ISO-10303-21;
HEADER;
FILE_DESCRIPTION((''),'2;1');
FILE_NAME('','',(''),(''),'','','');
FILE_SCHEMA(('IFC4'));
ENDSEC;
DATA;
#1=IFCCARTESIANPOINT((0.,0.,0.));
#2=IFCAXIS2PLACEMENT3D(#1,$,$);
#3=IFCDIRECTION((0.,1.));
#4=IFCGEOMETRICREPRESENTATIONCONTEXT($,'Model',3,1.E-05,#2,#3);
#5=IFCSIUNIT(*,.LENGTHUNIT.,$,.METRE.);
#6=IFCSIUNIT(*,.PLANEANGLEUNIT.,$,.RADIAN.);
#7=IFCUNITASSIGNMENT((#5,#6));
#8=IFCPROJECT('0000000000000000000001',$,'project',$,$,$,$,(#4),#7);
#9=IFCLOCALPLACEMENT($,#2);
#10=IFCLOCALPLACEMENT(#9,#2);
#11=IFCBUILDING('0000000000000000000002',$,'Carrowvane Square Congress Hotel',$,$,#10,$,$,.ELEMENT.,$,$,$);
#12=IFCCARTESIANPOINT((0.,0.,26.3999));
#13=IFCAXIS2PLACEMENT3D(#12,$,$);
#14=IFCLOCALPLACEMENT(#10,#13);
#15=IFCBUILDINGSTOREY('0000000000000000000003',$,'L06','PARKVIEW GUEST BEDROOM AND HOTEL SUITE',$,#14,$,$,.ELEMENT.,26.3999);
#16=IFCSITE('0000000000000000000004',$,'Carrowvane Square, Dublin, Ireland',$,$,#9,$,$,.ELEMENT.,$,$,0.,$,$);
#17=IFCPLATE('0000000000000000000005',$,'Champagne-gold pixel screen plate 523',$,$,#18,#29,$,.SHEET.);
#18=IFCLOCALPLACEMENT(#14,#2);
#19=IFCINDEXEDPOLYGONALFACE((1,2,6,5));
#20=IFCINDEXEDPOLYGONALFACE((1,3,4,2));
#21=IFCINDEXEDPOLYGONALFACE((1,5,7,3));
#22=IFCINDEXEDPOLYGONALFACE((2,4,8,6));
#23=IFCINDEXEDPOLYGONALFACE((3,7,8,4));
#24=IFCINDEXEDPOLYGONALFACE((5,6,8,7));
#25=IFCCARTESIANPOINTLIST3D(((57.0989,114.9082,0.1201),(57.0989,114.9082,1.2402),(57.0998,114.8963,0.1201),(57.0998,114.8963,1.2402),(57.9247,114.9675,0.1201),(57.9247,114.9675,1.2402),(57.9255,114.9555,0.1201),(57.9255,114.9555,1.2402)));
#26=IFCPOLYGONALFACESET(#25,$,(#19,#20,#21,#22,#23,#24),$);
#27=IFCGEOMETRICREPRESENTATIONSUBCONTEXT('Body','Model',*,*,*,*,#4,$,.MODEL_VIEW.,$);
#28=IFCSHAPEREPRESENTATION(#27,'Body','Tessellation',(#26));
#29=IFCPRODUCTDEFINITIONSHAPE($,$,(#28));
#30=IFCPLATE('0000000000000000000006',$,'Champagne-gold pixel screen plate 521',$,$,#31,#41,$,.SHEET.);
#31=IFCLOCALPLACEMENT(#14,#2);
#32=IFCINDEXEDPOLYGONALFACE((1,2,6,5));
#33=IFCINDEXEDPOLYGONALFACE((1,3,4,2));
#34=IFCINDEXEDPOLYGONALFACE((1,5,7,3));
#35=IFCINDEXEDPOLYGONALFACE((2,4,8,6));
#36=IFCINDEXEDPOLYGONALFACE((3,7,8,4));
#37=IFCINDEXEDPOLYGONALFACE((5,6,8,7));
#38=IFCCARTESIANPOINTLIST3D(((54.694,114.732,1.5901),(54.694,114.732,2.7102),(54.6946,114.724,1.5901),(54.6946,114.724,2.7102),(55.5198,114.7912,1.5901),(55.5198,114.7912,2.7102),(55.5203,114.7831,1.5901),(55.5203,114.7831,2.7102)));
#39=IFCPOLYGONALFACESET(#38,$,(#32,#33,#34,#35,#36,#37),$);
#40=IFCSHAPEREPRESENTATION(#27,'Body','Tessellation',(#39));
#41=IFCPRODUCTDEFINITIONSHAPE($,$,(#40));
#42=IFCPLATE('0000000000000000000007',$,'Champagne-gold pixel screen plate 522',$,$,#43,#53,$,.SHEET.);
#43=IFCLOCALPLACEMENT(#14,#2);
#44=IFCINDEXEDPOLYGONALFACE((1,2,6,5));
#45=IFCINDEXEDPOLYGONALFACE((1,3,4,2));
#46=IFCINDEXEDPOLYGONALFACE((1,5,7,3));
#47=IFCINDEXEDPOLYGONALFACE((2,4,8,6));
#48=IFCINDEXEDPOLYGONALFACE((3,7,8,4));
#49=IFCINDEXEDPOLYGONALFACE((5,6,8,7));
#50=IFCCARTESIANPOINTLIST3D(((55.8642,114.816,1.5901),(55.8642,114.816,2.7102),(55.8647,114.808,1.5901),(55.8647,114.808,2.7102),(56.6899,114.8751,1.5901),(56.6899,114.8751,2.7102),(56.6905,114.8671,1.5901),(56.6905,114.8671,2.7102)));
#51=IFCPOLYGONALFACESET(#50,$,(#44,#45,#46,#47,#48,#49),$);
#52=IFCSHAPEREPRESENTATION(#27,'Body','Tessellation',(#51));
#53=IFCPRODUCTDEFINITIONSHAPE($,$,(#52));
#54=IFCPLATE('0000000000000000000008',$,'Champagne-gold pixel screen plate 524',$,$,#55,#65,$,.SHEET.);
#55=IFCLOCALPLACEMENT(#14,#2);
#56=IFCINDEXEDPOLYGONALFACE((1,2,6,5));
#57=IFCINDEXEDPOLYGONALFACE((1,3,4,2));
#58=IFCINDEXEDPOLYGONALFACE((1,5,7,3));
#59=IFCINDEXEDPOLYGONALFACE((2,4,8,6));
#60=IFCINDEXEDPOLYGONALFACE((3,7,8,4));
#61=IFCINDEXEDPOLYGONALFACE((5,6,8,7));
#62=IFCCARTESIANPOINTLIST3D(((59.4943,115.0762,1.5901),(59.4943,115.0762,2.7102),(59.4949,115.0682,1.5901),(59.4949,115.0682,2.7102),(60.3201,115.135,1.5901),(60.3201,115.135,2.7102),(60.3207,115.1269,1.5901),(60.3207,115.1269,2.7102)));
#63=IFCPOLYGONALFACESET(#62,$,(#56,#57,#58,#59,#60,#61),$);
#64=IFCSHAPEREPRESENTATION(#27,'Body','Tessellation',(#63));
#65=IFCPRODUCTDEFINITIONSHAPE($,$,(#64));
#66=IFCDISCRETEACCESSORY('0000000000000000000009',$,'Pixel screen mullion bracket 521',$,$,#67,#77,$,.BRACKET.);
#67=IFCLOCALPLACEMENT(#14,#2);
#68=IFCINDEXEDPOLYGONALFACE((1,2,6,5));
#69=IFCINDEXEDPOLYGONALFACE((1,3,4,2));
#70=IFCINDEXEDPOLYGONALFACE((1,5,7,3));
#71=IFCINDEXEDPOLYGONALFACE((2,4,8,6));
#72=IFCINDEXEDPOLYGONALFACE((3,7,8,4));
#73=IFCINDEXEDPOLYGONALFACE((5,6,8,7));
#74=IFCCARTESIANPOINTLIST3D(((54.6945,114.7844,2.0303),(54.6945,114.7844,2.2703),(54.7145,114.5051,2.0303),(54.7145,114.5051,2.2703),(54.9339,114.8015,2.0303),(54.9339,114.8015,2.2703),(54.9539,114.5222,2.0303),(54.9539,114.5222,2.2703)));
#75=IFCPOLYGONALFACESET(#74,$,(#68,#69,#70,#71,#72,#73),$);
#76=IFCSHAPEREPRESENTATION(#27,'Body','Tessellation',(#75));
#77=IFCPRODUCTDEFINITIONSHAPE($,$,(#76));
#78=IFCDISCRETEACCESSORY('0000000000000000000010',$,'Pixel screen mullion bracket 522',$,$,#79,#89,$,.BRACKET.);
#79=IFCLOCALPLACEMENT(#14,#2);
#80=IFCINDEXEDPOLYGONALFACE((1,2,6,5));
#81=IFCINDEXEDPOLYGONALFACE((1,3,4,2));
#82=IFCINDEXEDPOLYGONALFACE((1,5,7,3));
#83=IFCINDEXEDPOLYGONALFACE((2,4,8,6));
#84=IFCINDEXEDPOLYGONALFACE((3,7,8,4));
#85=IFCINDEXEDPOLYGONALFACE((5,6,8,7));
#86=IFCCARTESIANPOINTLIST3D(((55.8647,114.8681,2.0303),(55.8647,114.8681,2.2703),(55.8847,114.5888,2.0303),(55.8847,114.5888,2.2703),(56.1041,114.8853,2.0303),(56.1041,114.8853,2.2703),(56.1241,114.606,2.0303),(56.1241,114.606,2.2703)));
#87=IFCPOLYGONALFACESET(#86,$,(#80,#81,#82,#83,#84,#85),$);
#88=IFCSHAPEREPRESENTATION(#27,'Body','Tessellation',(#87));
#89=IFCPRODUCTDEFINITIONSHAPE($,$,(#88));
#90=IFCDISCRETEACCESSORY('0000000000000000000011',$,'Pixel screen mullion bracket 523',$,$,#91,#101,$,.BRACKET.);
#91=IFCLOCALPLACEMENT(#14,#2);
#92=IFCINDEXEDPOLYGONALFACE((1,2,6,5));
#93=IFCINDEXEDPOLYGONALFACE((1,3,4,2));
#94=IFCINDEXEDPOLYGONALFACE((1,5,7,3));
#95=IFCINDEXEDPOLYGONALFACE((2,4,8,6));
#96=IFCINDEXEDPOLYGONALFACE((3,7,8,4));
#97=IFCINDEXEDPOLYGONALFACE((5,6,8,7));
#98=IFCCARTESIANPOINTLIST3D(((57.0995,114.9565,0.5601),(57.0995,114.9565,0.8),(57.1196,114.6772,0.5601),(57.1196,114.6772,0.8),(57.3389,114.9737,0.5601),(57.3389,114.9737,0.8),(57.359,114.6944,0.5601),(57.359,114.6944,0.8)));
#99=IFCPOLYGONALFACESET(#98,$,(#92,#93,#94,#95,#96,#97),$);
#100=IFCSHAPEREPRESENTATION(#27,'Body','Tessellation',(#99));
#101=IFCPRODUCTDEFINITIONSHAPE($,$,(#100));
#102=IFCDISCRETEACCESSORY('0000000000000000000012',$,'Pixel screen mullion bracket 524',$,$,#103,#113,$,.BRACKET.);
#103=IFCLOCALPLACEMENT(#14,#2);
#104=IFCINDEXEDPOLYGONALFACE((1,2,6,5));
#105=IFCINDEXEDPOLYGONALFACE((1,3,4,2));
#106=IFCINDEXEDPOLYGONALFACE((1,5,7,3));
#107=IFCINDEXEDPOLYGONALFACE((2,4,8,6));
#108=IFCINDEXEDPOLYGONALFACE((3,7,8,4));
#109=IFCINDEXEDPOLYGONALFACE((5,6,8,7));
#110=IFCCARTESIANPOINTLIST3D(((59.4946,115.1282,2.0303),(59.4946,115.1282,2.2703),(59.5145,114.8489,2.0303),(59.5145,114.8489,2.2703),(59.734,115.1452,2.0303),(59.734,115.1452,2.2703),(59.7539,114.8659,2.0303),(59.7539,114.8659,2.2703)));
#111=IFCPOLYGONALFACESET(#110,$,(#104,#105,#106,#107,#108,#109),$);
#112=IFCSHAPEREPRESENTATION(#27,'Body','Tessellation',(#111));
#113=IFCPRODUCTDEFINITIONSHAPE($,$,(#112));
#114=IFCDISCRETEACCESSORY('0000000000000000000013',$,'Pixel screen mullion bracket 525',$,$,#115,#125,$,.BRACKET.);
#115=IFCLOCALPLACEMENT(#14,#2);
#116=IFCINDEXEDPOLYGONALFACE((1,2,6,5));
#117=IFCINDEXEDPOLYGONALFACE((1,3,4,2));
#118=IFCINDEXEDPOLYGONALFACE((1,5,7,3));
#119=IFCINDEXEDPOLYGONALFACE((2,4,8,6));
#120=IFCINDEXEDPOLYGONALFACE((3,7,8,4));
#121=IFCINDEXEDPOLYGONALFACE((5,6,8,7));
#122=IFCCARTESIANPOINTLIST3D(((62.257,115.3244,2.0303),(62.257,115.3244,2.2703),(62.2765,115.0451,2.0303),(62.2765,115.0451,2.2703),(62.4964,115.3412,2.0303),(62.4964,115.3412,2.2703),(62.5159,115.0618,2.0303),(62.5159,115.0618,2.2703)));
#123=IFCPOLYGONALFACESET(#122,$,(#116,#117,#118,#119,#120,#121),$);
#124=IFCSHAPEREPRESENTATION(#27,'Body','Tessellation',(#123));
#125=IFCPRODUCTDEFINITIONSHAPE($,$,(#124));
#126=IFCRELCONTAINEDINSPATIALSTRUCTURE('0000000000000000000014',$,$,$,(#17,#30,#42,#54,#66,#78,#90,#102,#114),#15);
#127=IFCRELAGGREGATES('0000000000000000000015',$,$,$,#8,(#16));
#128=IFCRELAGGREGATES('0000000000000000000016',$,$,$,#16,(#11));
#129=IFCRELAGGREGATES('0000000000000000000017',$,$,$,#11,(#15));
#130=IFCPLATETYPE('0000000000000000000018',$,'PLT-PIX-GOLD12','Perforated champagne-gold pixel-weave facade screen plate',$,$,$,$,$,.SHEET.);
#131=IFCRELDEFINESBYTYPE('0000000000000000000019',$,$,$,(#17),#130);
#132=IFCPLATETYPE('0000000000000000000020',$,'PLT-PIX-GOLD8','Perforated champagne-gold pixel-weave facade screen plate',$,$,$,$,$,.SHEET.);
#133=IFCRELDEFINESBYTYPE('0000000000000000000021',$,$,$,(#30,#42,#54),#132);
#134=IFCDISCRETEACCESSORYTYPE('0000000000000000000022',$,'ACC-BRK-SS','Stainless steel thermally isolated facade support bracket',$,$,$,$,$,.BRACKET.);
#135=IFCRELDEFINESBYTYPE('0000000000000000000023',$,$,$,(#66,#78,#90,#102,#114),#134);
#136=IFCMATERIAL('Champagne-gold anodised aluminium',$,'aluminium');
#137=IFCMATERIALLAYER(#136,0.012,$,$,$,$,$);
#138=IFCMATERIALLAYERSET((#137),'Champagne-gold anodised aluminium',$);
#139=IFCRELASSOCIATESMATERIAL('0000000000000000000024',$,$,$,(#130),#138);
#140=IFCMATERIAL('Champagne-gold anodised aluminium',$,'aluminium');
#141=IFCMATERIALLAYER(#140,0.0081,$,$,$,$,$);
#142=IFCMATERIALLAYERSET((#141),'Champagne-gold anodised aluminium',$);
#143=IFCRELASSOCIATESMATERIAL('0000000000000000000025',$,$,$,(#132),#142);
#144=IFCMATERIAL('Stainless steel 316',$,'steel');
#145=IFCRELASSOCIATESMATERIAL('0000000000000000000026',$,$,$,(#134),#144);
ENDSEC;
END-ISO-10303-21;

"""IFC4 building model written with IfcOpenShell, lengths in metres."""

from ifc_helpers import new_model, si_unit, direction, frame, origin, origin_2d, place, context, subcontext, project, spatial, rectangle, extrude, material, layer, layer_set, type_object, element, save


model = new_model("IFC4")

# Units and contexts
model_context = context("Model", 3, precision=1e-05, world=origin(), true_north=direction((0.0, 1.0)))
body_context = subcontext(model_context, "Body", "Model", "MODEL_VIEW")
ifc_project = project(units=[si_unit("LENGTHUNIT", "METRE"), si_unit("PLANEANGLEUNIT", "RADIAN")], contexts=[model_context])

# Site, building, storey
site_placement = place(None, origin())
site = spatial("IfcSite", under=ifc_project, at=site_placement, Name="Carrowvane Square, Dublin, Ireland", CompositionType="ELEMENT", RefElevation=0.0)
building_placement = place(site_placement, origin())
building = spatial("IfcBuilding", under=site, at=building_placement, Name="Carrowvane Square Congress Hotel", CompositionType="ELEMENT")
storey_placement = place(building_placement, frame((0.0, 0.0, 26.3999)))
storey = spatial("IfcBuildingStorey", under=building, at=storey_placement, Name="L06", Description="PARKVIEW GUEST BEDROOM AND HOTEL SUITE", CompositionType="ELEMENT", Elevation=26.3999)

# Plates
ifc_material_1 = material(Name="Champagne-gold anodised aluminium", Category="aluminium")
ifc_layer_1 = layer(ifc_material_1, 0.012)
ifc_layer_set_1 = layer_set([ifc_layer_1], Name="Champagne-gold anodised aluminium")
plate_type_1 = type_object("IfcPlateType", Name="PLT-PIX-GOLD12", Description="Perforated champagne-gold pixel-weave facade screen plate", PredefinedType="SHEET", material=ifc_layer_set_1)
plate_1_placement = place(storey_placement, frame((57.5122, 114.9319, 0.1201), z_axis=(0.0, 0.0, 1.0), x_axis=(0.997438, 0.071533, 0.0)))
element("IfcPlate", 1, at=plate_1_placement, inside=storey, type_object=plate_type_1, Name="Champagne-gold pixel screen plate 523", PredefinedType="SHEET", context=body_context, shape_type="SweptSolid", body=[
    extrude(rectangle(XDim=0.8279, YDim=0.012, at=origin_2d()), origin(), (0.0, 0.0, 1.0), 1.1201),
])
ifc_material_2 = material(Name="Champagne-gold anodised aluminium", Category="aluminium")
ifc_layer_2 = layer(ifc_material_2, 0.0081)
ifc_layer_set_2 = layer_set([ifc_layer_2], Name="Champagne-gold anodised aluminium")
plate_type_2 = type_object("IfcPlateType", Name="PLT-PIX-GOLD8", Description="Perforated champagne-gold pixel-weave facade screen plate", PredefinedType="SHEET", material=ifc_layer_set_2)
for number, where, z_axis, x_axis, name in (
    (2, (55.1072, 114.7576, 1.5901), (0.0, 0.0, 1.0), (0.997446, 0.07142, 0.0), "Champagne-gold pixel screen plate 521"),
    (3, (56.2773, 114.8416, 1.5901), (0.0, 0.0, 1.0), (0.997446, 0.07142, 0.0), "Champagne-gold pixel screen plate 522"),
    (4, (59.9075, 115.1016, 1.5901), (0.0, 0.0, 1.0), (0.997479, 0.070957, 0.0), "Champagne-gold pixel screen plate 524"),
):
    element("IfcPlate", number, at=place(storey_placement, frame(where, z_axis=z_axis, x_axis=x_axis)), inside=storey, type_object=plate_type_2, Name=name, PredefinedType="SHEET", context=body_context, shape_type="SweptSolid", body=[
        extrude(rectangle(XDim=0.8279, YDim=0.0081, at=origin_2d()), origin(), (0.0, 0.0, 1.0), 1.1201),
    ])

# Discrete accessories
ifc_material_3 = material(Name="Stainless steel 316", Category="steel")
discrete_accessory_type = type_object("IfcDiscreteAccessoryType", Name="ACC-BRK-SS", Description="Stainless steel thermally isolated facade support bracket", PredefinedType="BRACKET", material=ifc_material_3)
for number, where, z_axis, x_axis, name in (
    (5, (54.8242, 114.6533, 2.0303), (0.0, 0.0, 1.0), (0.997446, 0.07142, 0.0), "Pixel screen mullion bracket 521"),
    (6, (55.9944, 114.7371, 2.0303), (0.0, 0.0, 1.0), (0.997446, 0.07142, 0.0), "Pixel screen mullion bracket 522"),
    (7, (57.2292, 114.8254, 0.5601), (0.0, 0.0, 1.0), (0.997438, 0.071533, 0.0), "Pixel screen mullion bracket 523"),
    (8, (59.6243, 114.9971, 2.0303), (0.0, 0.0, 1.0), (0.997479, 0.070957, 0.0), "Pixel screen mullion bracket 524"),
    (9, (62.3865, 115.1931, 2.0303), (0.0, 0.0, 1.0), (0.997566, 0.069725, 0.0), "Pixel screen mullion bracket 525"),
):
    element("IfcDiscreteAccessory", number, at=place(storey_placement, frame(where, z_axis=z_axis, x_axis=x_axis)), inside=storey, type_object=discrete_accessory_type, Name=name, PredefinedType="BRACKET", context=body_context, shape_type="SweptSolid", body=[
        extrude(rectangle(XDim=0.24, YDim=0.28, at=origin_2d()), origin(), (0.0, 0.0, 1.0), 0.24),
    ])

save(model, "model.ifc")
